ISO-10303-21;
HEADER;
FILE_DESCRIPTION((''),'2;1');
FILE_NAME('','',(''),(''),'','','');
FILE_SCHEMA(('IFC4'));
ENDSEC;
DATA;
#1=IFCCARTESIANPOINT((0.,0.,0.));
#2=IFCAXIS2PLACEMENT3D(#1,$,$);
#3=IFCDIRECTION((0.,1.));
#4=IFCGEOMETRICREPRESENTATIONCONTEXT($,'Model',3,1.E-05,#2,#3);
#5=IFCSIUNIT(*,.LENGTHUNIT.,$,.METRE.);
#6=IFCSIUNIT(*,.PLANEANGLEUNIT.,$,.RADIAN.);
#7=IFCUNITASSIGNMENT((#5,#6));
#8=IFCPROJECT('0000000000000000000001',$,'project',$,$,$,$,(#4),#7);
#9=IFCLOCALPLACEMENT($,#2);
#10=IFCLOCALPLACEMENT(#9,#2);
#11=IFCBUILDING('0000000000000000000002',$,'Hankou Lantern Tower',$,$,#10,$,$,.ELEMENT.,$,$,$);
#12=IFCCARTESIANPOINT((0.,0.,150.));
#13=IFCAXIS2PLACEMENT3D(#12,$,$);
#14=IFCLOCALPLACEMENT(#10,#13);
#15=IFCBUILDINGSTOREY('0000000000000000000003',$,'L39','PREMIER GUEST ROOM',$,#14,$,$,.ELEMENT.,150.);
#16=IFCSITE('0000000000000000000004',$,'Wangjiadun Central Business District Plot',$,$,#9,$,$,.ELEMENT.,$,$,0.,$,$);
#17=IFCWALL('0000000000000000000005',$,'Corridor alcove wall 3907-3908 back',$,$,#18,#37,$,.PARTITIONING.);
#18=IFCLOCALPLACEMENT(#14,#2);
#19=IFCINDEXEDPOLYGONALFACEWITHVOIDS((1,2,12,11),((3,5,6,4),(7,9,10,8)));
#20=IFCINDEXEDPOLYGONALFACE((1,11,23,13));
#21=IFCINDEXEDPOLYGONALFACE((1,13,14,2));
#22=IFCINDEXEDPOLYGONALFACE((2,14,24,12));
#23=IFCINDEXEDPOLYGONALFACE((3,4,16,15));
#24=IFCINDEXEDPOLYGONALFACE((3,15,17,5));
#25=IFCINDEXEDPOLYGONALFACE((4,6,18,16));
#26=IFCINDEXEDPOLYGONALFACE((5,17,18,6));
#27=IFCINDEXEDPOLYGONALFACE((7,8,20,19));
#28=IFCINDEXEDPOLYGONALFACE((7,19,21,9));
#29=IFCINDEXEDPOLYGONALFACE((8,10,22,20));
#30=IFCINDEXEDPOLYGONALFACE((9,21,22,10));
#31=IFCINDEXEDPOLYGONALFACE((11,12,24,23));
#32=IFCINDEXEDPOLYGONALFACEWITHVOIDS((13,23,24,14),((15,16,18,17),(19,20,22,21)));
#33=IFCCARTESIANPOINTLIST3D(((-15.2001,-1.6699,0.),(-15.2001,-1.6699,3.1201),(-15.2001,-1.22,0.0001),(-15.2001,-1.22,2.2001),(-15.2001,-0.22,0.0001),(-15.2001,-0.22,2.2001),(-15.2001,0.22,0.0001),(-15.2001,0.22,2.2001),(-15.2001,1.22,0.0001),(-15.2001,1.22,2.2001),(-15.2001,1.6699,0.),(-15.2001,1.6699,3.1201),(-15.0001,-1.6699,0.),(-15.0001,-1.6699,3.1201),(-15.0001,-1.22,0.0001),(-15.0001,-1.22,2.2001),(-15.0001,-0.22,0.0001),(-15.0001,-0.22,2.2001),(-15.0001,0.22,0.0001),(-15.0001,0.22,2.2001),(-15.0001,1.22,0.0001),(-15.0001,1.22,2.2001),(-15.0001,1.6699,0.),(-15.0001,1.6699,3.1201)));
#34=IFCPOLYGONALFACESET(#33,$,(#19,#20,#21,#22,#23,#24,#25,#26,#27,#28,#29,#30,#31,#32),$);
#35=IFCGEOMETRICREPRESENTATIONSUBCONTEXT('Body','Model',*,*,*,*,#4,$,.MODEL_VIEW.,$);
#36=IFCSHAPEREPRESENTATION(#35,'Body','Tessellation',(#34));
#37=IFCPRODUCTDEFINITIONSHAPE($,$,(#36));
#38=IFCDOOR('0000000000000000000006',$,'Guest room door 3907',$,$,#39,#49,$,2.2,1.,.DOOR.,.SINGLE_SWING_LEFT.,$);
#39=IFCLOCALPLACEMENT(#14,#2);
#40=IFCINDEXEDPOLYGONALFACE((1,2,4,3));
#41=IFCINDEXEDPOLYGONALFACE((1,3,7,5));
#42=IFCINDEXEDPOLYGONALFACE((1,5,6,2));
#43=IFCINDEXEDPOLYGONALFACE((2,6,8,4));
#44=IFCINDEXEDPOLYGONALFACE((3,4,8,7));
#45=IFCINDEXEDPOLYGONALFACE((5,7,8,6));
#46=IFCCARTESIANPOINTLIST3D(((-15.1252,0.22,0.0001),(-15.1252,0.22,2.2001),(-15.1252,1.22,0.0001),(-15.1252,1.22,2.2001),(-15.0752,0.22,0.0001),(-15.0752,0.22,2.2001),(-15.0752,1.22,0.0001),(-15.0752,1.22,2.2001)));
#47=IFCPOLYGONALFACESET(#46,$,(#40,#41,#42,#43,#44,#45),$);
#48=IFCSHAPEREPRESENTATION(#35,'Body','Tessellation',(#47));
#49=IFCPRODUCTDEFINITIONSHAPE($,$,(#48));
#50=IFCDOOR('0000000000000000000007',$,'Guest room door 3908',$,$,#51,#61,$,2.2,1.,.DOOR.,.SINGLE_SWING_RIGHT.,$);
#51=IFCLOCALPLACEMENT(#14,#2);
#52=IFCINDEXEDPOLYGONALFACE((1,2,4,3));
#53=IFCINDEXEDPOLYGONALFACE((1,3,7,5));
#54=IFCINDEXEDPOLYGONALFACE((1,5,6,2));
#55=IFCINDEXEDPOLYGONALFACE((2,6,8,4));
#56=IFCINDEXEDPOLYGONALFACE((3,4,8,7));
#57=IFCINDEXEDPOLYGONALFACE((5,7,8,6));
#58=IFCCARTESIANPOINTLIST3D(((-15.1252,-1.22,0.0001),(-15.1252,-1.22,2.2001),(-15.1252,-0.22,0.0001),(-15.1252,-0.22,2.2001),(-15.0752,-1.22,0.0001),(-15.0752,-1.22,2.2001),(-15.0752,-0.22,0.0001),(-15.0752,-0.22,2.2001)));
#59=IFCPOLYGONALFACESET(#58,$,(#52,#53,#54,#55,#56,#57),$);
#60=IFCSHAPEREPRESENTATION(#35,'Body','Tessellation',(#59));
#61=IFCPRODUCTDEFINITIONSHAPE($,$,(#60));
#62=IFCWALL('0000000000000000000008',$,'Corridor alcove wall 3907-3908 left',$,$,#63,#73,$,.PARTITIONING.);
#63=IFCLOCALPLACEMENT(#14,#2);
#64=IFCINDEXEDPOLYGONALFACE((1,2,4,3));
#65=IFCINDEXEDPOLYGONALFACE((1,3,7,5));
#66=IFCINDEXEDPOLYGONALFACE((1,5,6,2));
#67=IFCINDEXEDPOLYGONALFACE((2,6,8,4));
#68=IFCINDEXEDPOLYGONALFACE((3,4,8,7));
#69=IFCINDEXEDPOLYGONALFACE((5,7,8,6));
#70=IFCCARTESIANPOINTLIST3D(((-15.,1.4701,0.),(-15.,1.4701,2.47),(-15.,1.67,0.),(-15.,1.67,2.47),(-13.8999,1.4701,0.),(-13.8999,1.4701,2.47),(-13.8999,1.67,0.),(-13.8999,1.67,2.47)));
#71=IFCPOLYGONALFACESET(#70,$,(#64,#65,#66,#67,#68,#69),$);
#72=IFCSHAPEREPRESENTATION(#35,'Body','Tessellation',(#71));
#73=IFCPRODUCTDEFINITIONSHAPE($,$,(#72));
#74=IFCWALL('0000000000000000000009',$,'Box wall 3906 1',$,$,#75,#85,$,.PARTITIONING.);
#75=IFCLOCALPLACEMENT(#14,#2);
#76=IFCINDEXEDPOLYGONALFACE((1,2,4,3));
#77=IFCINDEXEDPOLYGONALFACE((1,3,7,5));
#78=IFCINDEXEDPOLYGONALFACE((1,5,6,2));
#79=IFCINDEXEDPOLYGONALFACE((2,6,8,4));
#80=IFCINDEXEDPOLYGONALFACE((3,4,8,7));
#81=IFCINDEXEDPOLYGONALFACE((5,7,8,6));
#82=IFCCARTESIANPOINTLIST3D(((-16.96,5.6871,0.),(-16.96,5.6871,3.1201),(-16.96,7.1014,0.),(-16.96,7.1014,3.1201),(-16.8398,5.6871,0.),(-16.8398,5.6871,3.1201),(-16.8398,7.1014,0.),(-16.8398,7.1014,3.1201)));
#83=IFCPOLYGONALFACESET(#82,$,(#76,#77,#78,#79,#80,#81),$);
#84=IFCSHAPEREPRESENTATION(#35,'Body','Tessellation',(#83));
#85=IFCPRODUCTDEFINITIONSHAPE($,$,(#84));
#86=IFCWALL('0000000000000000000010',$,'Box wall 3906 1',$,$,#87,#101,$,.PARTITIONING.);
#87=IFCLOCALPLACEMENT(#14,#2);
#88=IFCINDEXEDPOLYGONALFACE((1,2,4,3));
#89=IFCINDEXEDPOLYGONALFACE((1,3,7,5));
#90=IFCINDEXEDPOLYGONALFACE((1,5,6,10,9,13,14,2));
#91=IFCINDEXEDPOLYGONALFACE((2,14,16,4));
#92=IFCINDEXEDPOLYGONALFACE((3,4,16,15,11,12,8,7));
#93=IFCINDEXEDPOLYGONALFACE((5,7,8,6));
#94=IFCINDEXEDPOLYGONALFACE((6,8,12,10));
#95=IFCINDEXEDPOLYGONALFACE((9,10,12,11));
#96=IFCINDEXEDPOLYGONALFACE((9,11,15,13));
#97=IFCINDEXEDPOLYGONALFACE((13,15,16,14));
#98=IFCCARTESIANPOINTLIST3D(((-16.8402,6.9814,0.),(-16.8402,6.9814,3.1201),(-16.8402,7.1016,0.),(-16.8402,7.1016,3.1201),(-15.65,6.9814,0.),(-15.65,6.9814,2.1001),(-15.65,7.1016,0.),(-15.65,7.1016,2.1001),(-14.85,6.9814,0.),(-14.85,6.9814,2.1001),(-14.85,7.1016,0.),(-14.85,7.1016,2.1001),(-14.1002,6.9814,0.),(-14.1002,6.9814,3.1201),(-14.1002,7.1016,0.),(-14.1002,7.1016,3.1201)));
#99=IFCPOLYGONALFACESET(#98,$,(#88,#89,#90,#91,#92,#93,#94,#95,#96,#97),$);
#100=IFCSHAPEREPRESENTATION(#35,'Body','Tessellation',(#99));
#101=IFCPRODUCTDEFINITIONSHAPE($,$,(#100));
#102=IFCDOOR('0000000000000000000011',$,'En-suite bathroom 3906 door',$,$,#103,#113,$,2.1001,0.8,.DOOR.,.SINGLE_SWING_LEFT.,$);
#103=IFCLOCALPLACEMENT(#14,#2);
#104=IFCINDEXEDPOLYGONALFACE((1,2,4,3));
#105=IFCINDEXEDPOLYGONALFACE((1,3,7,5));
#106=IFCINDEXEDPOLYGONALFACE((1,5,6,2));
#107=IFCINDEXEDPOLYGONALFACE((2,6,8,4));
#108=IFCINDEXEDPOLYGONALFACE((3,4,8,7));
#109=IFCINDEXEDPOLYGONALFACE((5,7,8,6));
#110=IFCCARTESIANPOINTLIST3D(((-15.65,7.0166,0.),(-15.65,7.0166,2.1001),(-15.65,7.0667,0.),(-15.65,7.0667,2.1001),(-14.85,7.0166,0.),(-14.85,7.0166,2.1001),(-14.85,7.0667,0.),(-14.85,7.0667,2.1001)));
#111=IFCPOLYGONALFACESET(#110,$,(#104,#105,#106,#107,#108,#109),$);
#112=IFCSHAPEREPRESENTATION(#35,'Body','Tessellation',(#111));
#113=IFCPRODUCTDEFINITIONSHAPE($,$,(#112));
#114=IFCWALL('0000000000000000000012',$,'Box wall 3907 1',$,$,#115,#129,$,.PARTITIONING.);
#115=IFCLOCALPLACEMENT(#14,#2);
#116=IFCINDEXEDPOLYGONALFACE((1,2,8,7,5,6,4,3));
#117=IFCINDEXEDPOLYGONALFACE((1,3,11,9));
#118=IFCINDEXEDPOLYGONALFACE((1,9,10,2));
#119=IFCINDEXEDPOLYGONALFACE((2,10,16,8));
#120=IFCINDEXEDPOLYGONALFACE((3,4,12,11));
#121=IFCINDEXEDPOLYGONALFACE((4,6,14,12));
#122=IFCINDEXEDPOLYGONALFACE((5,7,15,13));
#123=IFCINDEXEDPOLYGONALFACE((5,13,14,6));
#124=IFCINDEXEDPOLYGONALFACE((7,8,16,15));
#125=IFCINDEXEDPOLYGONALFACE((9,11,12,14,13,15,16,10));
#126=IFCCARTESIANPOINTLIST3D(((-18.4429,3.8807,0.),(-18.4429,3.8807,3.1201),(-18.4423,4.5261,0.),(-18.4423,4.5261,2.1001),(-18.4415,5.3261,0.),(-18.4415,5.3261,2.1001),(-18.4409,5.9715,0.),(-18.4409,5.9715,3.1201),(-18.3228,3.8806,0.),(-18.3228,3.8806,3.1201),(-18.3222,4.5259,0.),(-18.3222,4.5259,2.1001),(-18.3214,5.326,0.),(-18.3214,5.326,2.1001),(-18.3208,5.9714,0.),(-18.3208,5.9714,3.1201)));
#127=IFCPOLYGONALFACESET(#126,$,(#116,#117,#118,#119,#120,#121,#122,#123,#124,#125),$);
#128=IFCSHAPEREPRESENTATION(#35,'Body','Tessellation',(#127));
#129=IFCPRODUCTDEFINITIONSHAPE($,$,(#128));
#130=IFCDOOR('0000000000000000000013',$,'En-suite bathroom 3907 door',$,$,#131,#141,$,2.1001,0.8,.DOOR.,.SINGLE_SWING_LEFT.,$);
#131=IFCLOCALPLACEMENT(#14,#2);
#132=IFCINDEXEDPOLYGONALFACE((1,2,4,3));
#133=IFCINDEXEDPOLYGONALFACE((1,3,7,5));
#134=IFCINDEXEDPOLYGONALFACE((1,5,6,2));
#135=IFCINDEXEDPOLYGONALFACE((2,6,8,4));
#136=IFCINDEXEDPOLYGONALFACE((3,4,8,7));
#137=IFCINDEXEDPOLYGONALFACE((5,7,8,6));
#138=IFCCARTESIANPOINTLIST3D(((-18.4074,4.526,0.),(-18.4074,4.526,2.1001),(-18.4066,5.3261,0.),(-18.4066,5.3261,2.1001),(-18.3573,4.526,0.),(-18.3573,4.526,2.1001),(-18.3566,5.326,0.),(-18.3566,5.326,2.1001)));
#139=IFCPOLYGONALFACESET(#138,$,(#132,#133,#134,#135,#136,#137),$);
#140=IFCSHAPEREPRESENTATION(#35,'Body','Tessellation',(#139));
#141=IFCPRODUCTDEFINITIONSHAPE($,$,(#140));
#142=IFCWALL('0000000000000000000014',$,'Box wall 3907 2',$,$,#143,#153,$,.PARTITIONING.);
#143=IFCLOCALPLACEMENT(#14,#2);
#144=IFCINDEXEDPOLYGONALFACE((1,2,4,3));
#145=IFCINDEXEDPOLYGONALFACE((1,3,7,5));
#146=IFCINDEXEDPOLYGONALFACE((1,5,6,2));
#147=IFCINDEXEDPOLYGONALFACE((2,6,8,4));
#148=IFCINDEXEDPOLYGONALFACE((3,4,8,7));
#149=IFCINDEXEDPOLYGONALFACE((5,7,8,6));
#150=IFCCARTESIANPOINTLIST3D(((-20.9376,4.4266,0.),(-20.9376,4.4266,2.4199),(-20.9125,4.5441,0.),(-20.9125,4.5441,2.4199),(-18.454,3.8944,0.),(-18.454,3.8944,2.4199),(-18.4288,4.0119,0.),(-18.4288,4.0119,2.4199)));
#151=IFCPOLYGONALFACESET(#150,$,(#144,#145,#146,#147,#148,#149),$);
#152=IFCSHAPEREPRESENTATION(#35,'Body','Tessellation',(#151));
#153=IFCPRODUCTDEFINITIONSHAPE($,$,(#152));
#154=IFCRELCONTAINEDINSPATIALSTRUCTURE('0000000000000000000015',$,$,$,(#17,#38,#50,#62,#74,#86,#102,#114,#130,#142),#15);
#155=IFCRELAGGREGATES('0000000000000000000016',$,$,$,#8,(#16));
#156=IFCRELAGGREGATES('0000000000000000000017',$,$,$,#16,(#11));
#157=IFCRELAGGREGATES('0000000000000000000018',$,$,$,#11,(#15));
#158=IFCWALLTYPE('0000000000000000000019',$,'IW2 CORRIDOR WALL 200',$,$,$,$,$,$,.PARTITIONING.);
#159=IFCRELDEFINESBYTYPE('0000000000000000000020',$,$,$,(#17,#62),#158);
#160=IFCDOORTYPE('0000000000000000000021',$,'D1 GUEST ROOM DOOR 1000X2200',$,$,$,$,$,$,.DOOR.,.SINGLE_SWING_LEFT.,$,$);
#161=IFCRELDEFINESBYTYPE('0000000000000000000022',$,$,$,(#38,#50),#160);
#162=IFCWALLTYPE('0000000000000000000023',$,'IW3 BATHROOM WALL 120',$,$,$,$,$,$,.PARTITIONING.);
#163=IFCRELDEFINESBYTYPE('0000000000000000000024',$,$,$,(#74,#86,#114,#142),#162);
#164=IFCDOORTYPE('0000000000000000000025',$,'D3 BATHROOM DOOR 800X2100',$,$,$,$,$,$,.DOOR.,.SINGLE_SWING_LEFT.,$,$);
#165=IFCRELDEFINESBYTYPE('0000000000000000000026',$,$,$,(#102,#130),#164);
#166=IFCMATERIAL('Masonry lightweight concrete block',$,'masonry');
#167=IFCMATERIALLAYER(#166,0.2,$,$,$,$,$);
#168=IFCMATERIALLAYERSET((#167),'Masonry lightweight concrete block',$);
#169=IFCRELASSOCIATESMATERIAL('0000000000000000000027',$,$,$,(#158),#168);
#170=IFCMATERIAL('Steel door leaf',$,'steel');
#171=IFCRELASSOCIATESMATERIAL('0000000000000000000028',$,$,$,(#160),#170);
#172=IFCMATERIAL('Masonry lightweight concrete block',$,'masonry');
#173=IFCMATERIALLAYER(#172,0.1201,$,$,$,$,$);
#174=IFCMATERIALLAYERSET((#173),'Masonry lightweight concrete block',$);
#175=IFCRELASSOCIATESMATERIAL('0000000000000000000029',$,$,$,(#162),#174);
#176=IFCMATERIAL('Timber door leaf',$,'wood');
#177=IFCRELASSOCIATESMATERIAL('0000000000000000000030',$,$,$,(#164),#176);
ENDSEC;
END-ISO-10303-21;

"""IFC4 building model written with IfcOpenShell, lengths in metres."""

from ifc_helpers import new_model, si_unit, direction, frame, frame_2d, origin, place, context, subcontext, project, spatial, rectangle, extrude, material, layer, layer_set, type_object, element, fill, save


model = new_model("IFC4")

# Units and contexts
model_context = context("Model", 3, precision=1e-05, world=origin(), true_north=direction((0.0, 1.0)))
body_context = subcontext(model_context, "Body", "Model", "MODEL_VIEW")
ifc_project = project(units=[si_unit("LENGTHUNIT", "METRE"), si_unit("PLANEANGLEUNIT", "RADIAN")], contexts=[model_context])

# Site, building, storey
site_placement = place(None, origin())
site = spatial("IfcSite", under=ifc_project, at=site_placement, Name="Wangjiadun Central Business District Plot", CompositionType="ELEMENT", RefElevation=0.0)
building_placement = place(site_placement, origin())
building = spatial("IfcBuilding", under=site, at=building_placement, Name="Hankou Lantern Tower", CompositionType="ELEMENT")
storey_placement = place(building_placement, frame((0.0, 0.0, 150.0)))
storey = spatial("IfcBuildingStorey", under=building, at=storey_placement, Name="L39", Description="PREMIER GUEST ROOM", CompositionType="ELEMENT", Elevation=150.0)

# Wall, openings, doors
ifc_material_1 = material(Name="Masonry lightweight concrete block", Category="masonry")
ifc_layer_1 = layer(ifc_material_1, 0.2)
ifc_layer_set_1 = layer_set([ifc_layer_1], Name="Masonry lightweight concrete block")
wall_type_1 = type_object("IfcWallType", Name="IW2 CORRIDOR WALL 200", PredefinedType="PARTITIONING", material=ifc_layer_set_1)
wall_1_placement = place(storey_placement, frame((-15.1001, 1.6699, 0.0), z_axis=(0.0, 0.0, 1.0), x_axis=(0.0, -1.0, 0.0)))
wall_1 = element("IfcWall", 1, at=wall_1_placement, inside=storey, type_object=wall_type_1, Name="Corridor alcove wall 3907-3908 back", PredefinedType="PARTITIONING", context=body_context, shape_type="SweptSolid", body=[
    extrude(rectangle(XDim=3.3398, YDim=0.2, at=frame_2d((1.6699, 0.0))), origin(), (0.0, 0.0, 1.0), 3.1201),
])
opening_1_placement = place(wall_1_placement, frame((0.45, 0.0, 0.0)))
opening_1 = element("IfcOpeningElement", 2, at=opening_1_placement, cuts=wall_1, PredefinedType="OPENING", context=body_context, shape_type="SweptSolid", body=[
    extrude(rectangle(XDim=1.0, YDim=2.2, at=frame_2d((0.5, 1.1001))), frame((0.0, 0.1099, 0.0), z_axis=(0.0, -1.0, 0.0), x_axis=(1.0, 0.0, 0.0)), (0.0, 0.0, 1.0), 0.22),
])
opening_2_placement = place(wall_1_placement, frame((1.8899, 0.0, 0.0)))
opening_2 = element("IfcOpeningElement", 3, at=opening_2_placement, cuts=wall_1, PredefinedType="OPENING", context=body_context, shape_type="SweptSolid", body=[
    extrude(rectangle(XDim=1.0, YDim=2.2, at=frame_2d((0.5, 1.1001))), frame((0.0, 0.1099, 0.0), z_axis=(0.0, -1.0, 0.0), x_axis=(1.0, 0.0, 0.0)), (0.0, 0.0, 1.0), 0.22),
])
ifc_material_2 = material(Name="Steel door leaf", Category="steel")
door_type_1 = type_object("IfcDoorType", Name="D1 GUEST ROOM DOOR 1000X2200", OperationType="SINGLE_SWING_LEFT", PredefinedType="DOOR", material=ifc_material_2)
door_1_placement = place(opening_1_placement, origin())
door_1 = element("IfcDoor", 4, at=door_1_placement, inside=storey, type_object=door_type_1, Name="Guest room door 3907", OperationType="SINGLE_SWING_LEFT", OverallHeight=2.2, OverallWidth=1.0, PredefinedType="DOOR", context=body_context, shape_type="SweptSolid", body=[
    extrude(rectangle(XDim=1.0, YDim=2.2, at=frame_2d((0.5, 1.1001))), frame((0.0, 0.0249, 0.0), z_axis=(0.0, -1.0, 0.0), x_axis=(1.0, 0.0, 0.0)), (0.0, 0.0, 1.0), 0.05),
])
fill(opening_1, door_1)
door_2_placement = place(opening_2_placement, origin())
door_2 = element("IfcDoor", 5, at=door_2_placement, inside=storey, type_object=door_type_1, Name="Guest room door 3908", OperationType="SINGLE_SWING_RIGHT", OverallHeight=2.2, OverallWidth=1.0, PredefinedType="DOOR", context=body_context, shape_type="SweptSolid", body=[
    extrude(rectangle(XDim=1.0, YDim=2.2, at=frame_2d((0.5, 1.1001))), frame((0.0, 0.0249, 0.0), z_axis=(0.0, -1.0, 0.0), x_axis=(1.0, 0.0, 0.0)), (0.0, 0.0, 1.0), 0.05),
])
fill(opening_2, door_2)

# Walls
wall_2_placement = place(storey_placement, frame((-13.8999, 1.5701, 0.0), z_axis=(0.0, 0.0, 1.0), x_axis=(-1.0, 0.0, 0.0)))
element("IfcWall", 6, at=wall_2_placement, inside=storey, type_object=wall_type_1, Name="Corridor alcove wall 3907-3908 left", PredefinedType="PARTITIONING", context=body_context, shape_type="SweptSolid", body=[
    extrude(rectangle(XDim=1.1001, YDim=0.2, at=frame_2d((0.55, 0.0))), origin(), (0.0, 0.0, 1.0), 2.47),
])
ifc_material_3 = material(Name="Masonry lightweight concrete block", Category="masonry")
ifc_layer_2 = layer(ifc_material_3, 0.1201)
ifc_layer_set_2 = layer_set([ifc_layer_2], Name="Masonry lightweight concrete block")
wall_type_2 = type_object("IfcWallType", Name="IW3 BATHROOM WALL 120", PredefinedType="PARTITIONING", material=ifc_layer_set_2)
wall_3_placement = place(storey_placement, frame((-16.8999, 5.6873, 0.0), z_axis=(0.0, 0.0, 1.0), x_axis=(0.0, 1.0, 0.0)))
element("IfcWall", 7, at=wall_3_placement, inside=storey, type_object=wall_type_2, Name="Box wall 3906 1", PredefinedType="PARTITIONING", context=body_context, shape_type="SweptSolid", body=[
    extrude(rectangle(XDim=1.4143, YDim=0.1201, at=frame_2d((0.707, 0.0))), origin(), (0.0, 0.0, 1.0), 3.1201),
])

# Walls, openings, doors
wall_4_placement = place(storey_placement, frame((-14.1001, 7.0415, 0.0), z_axis=(0.0, 0.0, 1.0), x_axis=(-1.0, 0.0, 0.0)))
wall_4 = element("IfcWall", 8, at=wall_4_placement, inside=storey, type_object=wall_type_2, Name="Box wall 3906 1", PredefinedType="PARTITIONING", context=body_context, shape_type="SweptSolid", body=[
    extrude(rectangle(XDim=2.74, YDim=0.1201, at=frame_2d((1.3701, 0.0))), origin(), (0.0, 0.0, 1.0), 3.1201),
])
opening_3_placement = place(wall_4_placement, frame((0.75, 0.0, 0.0)))
opening_3 = element("IfcOpeningElement", 9, at=opening_3_placement, cuts=wall_4, PredefinedType="OPENING", context=body_context, shape_type="SweptSolid", body=[
    extrude(rectangle(XDim=0.8, YDim=2.1001, at=frame_2d((0.3999, 1.05))), frame((0.0, 0.0701, 0.0), z_axis=(0.0, -1.0, 0.0), x_axis=(1.0, 0.0, 0.0)), (0.0, 0.0, 1.0), 0.1401),
])
ifc_material_4 = material(Name="Timber door leaf", Category="wood")
door_type_2 = type_object("IfcDoorType", Name="D3 BATHROOM DOOR 800X2100", OperationType="SINGLE_SWING_LEFT", PredefinedType="DOOR", material=ifc_material_4)
door_3_placement = place(opening_3_placement, origin())
door_3 = element("IfcDoor", 10, at=door_3_placement, inside=storey, type_object=door_type_2, Name="En-suite bathroom 3906 door", OperationType="SINGLE_SWING_LEFT", OverallHeight=2.1001, OverallWidth=0.8, PredefinedType="DOOR", context=body_context, shape_type="SweptSolid", body=[
    extrude(rectangle(XDim=0.8, YDim=2.1001, at=frame_2d((0.3999, 1.05))), frame((0.0, 0.0249, 0.0), z_axis=(0.0, -1.0, 0.0), x_axis=(1.0, 0.0, 0.0)), (0.0, 0.0, 1.0), 0.05),
])
fill(opening_3, door_3)
wall_5_placement = place(storey_placement, frame((-18.3809, 5.9714, 0.0), z_axis=(0.0, 0.0, 1.0), x_axis=(-0.000934, -1.0, 0.0)))
wall_5 = element("IfcWall", 11, at=wall_5_placement, inside=storey, type_object=wall_type_2, Name="Box wall 3907 1", PredefinedType="PARTITIONING", context=body_context, shape_type="SweptSolid", body=[
    extrude(rectangle(XDim=2.0908, YDim=0.1201, at=frame_2d((1.0454, 0.0))), origin(), (0.0, 0.0, 1.0), 3.1201),
])
opening_4_placement = place(wall_5_placement, frame((0.6455, 0.0, 0.0)))
opening_4 = element("IfcOpeningElement", 12, at=opening_4_placement, cuts=wall_5, PredefinedType="OPENING", context=body_context, shape_type="SweptSolid", body=[
    extrude(rectangle(XDim=0.8, YDim=2.1001, at=frame_2d((0.3999, 1.05))), frame((0.0, 0.0701, 0.0), z_axis=(0.0, -1.0, 0.0), x_axis=(1.0, 0.0, 0.0)), (0.0, 0.0, 1.0), 0.1401),
])
door_4_placement = place(opening_4_placement, origin())
door_4 = element("IfcDoor", 13, at=door_4_placement, inside=storey, type_object=door_type_2, Name="En-suite bathroom 3907 door", OperationType="SINGLE_SWING_LEFT", OverallHeight=2.1001, OverallWidth=0.8, PredefinedType="DOOR", context=body_context, shape_type="SweptSolid", body=[
    extrude(rectangle(XDim=0.8, YDim=2.1001, at=frame_2d((0.3999, 1.05))), frame((0.0, 0.0249, 0.0), z_axis=(0.0, -1.0, 0.0), x_axis=(1.0, 0.0, 0.0)), (0.0, 0.0, 1.0), 0.05),
])
fill(opening_4, door_4)

# Wall
wall_6_placement = place(storey_placement, frame((-18.4414, 3.9531, 0.0), z_axis=(0.0, 0.0, 1.0), x_axis=(-0.977801, 0.209536, 0.0)))
element("IfcWall", 14, at=wall_6_placement, inside=storey, type_object=wall_type_2, Name="Box wall 3907 2", PredefinedType="PARTITIONING", context=body_context, shape_type="SweptSolid", body=[
    extrude(rectangle(XDim=2.54, YDim=0.1201, at=frame_2d((1.27, 0.0))), origin(), (0.0, 0.0, 1.0), 2.4199),
])

save(model, "model.ifc")
